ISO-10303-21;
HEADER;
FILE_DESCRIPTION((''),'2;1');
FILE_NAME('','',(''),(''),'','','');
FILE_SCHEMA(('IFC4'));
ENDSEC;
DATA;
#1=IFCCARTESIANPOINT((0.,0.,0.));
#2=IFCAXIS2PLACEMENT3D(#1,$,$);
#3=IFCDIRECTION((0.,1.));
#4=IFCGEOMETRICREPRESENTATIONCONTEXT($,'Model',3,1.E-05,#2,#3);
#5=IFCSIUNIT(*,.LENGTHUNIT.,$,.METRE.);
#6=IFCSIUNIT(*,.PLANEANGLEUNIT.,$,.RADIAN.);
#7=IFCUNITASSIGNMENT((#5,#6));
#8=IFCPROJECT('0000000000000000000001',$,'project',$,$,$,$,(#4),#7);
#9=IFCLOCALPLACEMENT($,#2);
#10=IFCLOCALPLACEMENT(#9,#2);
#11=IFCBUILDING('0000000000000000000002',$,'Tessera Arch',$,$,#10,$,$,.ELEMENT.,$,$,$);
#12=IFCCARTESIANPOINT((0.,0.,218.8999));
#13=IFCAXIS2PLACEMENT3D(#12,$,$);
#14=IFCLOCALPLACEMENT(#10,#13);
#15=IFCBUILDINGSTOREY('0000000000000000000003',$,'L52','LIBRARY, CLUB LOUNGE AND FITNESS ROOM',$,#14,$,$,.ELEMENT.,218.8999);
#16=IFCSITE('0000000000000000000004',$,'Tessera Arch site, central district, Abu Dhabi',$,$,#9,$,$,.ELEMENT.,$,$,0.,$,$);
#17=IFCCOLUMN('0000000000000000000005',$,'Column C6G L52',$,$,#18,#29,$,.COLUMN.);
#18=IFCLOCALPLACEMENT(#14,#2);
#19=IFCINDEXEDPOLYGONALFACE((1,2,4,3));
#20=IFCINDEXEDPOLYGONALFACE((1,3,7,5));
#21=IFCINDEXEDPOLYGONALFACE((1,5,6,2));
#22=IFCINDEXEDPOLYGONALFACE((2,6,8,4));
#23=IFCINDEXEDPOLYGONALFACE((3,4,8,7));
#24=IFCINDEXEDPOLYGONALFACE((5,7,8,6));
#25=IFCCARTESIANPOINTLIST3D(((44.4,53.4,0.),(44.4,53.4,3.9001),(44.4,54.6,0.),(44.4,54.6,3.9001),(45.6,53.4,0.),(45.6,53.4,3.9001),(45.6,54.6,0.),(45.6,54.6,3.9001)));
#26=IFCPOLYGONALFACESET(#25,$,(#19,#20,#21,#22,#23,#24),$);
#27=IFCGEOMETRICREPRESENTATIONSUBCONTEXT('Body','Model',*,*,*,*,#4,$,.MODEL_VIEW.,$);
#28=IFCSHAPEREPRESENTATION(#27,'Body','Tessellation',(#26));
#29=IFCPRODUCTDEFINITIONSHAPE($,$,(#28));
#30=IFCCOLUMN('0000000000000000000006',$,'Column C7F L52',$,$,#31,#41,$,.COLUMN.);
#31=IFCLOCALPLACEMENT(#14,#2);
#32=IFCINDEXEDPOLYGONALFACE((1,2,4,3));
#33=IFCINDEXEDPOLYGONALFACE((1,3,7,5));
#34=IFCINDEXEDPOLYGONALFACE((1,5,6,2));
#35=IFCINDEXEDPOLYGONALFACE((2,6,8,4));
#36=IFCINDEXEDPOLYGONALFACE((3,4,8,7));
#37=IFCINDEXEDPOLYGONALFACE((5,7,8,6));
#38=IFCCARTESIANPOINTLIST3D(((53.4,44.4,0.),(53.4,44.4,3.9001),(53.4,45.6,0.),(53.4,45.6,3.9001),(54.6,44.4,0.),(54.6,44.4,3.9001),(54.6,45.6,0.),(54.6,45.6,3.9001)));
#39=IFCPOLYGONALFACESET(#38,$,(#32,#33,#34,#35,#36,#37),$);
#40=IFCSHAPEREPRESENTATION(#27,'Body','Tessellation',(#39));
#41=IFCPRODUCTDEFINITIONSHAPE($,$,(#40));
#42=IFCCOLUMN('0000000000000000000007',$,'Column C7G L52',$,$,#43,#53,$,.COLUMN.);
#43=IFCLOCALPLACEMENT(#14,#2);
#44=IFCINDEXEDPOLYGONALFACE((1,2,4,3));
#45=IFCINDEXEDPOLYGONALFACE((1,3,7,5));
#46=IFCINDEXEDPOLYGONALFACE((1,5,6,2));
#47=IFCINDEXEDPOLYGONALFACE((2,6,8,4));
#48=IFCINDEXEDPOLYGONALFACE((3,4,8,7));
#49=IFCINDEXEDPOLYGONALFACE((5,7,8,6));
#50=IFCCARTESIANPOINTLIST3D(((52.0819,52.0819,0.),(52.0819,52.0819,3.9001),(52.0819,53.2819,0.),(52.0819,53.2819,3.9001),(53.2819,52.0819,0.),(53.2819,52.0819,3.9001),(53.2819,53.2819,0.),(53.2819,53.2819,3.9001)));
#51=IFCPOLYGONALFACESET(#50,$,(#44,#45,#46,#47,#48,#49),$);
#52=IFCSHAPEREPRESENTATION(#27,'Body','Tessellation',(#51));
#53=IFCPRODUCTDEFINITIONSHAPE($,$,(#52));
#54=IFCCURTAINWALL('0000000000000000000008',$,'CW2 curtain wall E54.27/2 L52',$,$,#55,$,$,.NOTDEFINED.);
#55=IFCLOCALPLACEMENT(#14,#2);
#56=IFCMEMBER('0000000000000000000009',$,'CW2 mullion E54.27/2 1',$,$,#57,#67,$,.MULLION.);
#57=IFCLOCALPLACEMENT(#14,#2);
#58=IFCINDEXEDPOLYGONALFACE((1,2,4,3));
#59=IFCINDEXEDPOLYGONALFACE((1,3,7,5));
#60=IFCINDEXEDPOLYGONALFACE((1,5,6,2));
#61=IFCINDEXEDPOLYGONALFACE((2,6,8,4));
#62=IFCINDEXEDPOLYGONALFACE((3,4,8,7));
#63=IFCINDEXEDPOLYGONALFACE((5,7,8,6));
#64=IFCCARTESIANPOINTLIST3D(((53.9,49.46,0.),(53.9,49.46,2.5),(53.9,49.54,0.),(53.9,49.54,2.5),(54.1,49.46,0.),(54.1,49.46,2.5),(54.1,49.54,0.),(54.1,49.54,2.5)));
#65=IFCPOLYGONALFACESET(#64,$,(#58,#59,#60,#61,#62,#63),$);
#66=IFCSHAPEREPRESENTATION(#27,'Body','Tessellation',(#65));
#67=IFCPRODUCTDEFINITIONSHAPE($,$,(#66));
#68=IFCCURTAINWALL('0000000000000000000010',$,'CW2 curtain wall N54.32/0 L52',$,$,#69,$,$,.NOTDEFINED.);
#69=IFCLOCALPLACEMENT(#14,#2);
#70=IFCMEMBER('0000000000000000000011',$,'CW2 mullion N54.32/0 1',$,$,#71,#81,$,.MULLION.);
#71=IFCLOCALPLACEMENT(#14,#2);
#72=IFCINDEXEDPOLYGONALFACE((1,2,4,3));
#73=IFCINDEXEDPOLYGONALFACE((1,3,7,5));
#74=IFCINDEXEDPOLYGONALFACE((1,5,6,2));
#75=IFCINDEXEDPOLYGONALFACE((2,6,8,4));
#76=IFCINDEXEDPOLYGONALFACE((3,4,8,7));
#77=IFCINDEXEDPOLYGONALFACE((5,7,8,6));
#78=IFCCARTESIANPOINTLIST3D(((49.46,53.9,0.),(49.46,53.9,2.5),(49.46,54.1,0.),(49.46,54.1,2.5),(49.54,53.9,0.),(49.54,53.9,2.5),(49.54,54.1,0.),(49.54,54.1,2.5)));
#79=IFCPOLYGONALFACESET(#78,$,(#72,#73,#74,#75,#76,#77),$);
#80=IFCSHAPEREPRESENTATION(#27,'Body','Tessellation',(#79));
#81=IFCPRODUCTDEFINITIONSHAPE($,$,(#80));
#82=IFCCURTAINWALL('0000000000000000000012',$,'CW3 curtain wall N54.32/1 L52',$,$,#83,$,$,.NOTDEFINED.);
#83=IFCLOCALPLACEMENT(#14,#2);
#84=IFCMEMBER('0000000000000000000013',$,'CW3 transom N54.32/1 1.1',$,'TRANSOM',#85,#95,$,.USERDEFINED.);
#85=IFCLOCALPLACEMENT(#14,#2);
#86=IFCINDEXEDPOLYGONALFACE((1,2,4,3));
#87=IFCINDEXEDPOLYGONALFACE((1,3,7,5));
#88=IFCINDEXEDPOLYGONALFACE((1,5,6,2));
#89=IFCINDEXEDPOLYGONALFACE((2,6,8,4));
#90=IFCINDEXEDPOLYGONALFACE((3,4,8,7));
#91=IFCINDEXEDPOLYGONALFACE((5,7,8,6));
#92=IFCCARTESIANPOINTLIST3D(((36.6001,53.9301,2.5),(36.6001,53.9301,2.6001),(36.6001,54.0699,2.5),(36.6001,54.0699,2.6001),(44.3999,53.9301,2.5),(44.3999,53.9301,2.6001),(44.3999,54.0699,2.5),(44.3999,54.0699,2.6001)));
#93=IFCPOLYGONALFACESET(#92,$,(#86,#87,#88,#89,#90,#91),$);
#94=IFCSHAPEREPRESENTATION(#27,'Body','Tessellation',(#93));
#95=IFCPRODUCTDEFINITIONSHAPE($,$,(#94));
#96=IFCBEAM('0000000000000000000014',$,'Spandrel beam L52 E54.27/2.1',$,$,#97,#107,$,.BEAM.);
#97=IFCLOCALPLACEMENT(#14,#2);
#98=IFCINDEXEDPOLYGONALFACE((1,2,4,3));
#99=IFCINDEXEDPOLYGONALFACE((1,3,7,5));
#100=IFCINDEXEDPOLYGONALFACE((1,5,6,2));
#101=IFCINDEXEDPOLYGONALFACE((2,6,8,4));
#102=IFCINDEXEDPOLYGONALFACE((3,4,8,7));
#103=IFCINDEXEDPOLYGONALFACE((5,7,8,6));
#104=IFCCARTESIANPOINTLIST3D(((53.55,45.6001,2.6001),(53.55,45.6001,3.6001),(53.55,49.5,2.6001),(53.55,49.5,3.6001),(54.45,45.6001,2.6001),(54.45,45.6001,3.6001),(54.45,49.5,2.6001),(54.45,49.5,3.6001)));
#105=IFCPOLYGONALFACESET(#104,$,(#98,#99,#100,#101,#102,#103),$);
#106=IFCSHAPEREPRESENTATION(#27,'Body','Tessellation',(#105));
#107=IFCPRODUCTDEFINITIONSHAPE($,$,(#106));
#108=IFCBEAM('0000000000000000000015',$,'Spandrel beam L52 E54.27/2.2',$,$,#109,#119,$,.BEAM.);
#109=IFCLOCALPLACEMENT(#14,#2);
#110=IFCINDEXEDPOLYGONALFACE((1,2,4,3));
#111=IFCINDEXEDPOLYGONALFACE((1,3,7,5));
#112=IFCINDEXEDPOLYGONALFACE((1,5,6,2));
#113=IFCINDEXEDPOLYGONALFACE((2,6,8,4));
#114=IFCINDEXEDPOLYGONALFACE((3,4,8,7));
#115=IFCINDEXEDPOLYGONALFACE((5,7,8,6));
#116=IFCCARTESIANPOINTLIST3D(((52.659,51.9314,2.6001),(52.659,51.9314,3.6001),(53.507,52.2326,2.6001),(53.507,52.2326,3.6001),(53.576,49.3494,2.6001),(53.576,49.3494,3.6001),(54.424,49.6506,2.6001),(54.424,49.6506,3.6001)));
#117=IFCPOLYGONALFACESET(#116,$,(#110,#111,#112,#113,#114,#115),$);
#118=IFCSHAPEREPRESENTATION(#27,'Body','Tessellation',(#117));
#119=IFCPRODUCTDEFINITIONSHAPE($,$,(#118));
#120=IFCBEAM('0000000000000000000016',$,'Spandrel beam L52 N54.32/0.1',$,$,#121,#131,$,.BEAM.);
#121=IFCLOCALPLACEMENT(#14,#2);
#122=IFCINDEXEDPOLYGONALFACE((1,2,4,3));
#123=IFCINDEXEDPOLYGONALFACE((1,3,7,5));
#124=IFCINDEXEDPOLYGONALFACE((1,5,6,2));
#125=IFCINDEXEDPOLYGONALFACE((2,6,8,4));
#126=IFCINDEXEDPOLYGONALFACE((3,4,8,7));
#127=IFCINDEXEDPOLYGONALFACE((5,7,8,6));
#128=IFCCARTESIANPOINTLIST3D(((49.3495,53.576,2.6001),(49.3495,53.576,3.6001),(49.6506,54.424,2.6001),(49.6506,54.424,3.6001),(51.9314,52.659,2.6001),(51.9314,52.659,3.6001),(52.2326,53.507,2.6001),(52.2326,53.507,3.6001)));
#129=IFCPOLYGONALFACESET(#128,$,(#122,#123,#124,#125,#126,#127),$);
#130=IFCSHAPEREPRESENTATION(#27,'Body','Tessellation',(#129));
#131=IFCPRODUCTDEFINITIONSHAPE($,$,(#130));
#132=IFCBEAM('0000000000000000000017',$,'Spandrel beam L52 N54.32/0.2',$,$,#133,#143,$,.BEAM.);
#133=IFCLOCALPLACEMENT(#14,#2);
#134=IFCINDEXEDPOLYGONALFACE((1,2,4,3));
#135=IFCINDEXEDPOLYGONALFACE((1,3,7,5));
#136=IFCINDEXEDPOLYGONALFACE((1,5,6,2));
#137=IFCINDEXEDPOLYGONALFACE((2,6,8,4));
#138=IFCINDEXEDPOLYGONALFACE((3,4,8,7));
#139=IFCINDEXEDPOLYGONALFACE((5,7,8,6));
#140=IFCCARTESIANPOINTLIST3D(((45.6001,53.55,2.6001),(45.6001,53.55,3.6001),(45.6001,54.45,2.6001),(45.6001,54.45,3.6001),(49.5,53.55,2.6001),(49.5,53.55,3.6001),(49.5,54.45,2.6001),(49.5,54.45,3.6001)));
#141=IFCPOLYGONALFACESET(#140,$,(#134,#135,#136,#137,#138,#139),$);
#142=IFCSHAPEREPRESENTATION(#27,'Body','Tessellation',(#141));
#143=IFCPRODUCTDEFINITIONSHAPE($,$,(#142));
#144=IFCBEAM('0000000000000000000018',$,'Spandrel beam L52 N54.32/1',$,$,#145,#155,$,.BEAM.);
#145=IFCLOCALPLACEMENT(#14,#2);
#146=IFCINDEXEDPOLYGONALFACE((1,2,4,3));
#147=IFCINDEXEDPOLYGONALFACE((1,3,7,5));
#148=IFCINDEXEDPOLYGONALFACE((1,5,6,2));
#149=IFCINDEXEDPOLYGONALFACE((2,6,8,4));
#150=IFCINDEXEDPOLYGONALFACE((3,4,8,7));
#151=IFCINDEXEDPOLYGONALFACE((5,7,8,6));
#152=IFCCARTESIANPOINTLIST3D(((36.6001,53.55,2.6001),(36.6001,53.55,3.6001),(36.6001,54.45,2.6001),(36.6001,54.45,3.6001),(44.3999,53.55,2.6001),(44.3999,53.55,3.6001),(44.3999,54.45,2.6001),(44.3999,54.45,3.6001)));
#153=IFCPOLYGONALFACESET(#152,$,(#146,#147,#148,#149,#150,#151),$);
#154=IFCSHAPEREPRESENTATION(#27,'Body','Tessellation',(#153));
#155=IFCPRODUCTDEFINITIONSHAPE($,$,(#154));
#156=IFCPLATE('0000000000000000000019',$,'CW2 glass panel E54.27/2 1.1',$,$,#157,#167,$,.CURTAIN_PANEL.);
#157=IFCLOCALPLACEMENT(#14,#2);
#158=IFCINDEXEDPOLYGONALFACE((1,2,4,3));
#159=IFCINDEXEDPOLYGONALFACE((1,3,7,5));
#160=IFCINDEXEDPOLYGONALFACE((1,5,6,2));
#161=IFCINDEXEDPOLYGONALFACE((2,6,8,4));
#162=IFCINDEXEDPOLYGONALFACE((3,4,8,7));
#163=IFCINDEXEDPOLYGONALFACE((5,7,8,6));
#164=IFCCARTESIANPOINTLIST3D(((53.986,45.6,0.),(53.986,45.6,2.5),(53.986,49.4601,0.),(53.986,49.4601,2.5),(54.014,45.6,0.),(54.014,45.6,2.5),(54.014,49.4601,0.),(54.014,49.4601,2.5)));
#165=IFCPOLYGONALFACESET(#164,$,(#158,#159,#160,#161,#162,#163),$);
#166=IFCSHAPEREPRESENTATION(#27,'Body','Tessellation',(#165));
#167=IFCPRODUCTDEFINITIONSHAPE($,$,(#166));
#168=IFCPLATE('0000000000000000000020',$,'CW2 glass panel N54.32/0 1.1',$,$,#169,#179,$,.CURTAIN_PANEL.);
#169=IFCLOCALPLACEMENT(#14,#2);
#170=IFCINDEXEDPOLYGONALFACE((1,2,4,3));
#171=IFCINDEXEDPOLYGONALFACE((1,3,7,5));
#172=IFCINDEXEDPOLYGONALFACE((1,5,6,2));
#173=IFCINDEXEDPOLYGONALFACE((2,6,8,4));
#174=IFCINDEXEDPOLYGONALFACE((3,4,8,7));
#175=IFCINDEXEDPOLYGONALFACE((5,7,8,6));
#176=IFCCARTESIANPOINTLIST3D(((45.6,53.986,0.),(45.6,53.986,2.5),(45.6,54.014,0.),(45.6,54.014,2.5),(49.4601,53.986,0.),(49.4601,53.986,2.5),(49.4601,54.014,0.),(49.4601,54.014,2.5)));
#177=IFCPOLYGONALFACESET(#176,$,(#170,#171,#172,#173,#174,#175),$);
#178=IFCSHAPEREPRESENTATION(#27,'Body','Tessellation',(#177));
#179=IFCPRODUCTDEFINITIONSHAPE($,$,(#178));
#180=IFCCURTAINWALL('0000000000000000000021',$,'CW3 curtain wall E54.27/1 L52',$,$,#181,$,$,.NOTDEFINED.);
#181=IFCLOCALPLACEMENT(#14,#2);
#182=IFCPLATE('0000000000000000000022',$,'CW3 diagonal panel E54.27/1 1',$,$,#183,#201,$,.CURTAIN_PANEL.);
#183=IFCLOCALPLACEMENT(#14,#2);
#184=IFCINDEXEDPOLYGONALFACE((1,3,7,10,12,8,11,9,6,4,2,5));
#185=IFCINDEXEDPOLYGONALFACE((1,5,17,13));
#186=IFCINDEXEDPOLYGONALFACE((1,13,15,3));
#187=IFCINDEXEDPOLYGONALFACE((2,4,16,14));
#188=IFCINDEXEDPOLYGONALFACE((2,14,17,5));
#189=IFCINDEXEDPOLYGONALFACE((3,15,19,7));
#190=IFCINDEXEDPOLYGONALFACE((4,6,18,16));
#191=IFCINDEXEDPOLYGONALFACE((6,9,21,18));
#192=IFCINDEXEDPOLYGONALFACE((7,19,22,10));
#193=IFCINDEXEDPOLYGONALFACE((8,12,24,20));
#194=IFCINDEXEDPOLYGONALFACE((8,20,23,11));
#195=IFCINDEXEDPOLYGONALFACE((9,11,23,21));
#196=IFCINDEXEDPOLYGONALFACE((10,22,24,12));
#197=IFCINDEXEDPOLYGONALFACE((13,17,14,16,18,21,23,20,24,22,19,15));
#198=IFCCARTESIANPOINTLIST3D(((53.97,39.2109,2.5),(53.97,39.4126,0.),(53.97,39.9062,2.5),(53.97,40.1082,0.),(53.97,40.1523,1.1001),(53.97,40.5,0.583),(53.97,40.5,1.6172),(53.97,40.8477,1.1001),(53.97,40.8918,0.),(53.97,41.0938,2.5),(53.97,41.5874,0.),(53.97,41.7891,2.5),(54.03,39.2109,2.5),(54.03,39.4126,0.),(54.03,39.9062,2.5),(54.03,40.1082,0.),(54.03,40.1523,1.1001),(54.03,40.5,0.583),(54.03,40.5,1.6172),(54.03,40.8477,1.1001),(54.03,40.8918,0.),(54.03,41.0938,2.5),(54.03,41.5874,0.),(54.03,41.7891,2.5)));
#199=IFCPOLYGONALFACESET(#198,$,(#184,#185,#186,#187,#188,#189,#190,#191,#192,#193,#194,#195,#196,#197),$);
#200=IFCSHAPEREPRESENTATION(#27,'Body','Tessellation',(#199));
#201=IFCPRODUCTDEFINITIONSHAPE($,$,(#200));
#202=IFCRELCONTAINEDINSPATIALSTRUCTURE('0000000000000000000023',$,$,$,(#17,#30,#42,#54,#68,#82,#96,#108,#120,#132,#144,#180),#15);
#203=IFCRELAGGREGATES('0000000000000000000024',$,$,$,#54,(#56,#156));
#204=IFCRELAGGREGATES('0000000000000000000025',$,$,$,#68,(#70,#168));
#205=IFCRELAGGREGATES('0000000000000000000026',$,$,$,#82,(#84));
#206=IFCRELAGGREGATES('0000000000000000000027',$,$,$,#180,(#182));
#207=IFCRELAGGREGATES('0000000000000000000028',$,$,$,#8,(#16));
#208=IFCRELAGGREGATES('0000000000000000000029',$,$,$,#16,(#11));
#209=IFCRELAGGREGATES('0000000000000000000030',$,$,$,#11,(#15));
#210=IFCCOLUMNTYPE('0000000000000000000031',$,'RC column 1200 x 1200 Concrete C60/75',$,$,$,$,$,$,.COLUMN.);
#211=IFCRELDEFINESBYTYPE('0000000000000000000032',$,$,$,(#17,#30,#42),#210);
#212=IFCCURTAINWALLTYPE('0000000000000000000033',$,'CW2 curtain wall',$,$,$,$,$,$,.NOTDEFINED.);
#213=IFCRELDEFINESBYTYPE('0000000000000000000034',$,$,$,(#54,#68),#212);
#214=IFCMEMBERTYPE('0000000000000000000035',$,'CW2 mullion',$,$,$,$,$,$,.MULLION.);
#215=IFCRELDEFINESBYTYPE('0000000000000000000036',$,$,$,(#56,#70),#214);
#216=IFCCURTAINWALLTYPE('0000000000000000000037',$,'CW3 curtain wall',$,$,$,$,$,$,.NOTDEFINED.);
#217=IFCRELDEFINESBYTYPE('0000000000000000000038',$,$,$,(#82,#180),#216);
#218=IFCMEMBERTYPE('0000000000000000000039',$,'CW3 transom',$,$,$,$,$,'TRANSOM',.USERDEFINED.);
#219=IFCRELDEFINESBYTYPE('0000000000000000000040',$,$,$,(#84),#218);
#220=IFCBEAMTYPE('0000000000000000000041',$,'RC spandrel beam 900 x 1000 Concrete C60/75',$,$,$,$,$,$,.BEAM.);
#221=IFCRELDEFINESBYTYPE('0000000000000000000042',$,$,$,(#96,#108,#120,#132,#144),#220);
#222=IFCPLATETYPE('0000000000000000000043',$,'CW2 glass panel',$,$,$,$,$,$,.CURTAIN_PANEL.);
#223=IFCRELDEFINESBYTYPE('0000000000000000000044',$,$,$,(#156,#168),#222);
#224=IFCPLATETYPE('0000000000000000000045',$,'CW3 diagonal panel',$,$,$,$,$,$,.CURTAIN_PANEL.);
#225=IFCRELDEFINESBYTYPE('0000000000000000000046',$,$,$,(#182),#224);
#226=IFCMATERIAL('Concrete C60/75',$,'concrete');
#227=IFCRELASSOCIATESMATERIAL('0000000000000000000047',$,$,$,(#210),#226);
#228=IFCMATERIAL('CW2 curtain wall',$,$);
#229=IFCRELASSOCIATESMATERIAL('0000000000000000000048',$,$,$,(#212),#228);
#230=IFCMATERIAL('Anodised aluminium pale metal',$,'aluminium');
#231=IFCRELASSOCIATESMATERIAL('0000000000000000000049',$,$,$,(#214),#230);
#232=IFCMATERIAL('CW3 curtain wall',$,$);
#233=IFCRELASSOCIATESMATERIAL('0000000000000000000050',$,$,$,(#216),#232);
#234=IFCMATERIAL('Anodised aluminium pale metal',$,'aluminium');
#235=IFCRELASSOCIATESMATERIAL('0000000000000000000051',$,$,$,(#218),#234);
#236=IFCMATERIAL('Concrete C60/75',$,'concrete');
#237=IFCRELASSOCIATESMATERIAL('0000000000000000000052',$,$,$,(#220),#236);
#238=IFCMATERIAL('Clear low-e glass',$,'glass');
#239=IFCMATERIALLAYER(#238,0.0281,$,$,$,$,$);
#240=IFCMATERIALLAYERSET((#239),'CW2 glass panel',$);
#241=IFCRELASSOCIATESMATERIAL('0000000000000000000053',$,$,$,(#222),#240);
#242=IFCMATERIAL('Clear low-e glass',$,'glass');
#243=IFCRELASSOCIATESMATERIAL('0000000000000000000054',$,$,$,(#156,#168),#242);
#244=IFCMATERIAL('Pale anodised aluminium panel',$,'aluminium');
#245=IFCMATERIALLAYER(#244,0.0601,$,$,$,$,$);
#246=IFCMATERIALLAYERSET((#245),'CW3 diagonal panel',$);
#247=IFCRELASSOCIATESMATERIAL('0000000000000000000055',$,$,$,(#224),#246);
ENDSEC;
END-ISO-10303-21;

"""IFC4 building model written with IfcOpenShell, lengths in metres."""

from ifc_helpers import new_model, si_unit, direction, frame, origin, origin_2d, place, context, subcontext, project, spatial, polyline, rectangle, outline, extrude, material, layer, layer_set, material_profile, profile_set, type_object, element, aggregate, save


model = new_model("IFC4")

# Units and contexts
model_context = context("Model", 3, precision=1e-05, world=origin(), true_north=direction((0.0, 1.0)))
body_context = subcontext(model_context, "Body", "Model", "MODEL_VIEW")
ifc_project = project(units=[si_unit("LENGTHUNIT", "METRE"), si_unit("PLANEANGLEUNIT", "RADIAN")], contexts=[model_context])

# Site, building, storey
site_placement = place(None, origin())
site = spatial("IfcSite", under=ifc_project, at=site_placement, Name="Tessera Arch site, central district, Abu Dhabi", CompositionType="ELEMENT", RefElevation=0.0)
building_placement = place(site_placement, origin())
building = spatial("IfcBuilding", under=site, at=building_placement, Name="Tessera Arch", CompositionType="ELEMENT")
storey_placement = place(building_placement, frame((0.0, 0.0, 218.8999)))
storey = spatial("IfcBuildingStorey", under=building, at=storey_placement, Name="L52", Description="LIBRARY, CLUB LOUNGE AND FITNESS ROOM", CompositionType="ELEMENT", Elevation=218.8999)

# Columns
ifc_material_1 = material(Name="Concrete C60/75", Category="concrete")
ifc_material_profile_1 = material_profile(ifc_material_1, rectangle(XDim=1.2, YDim=1.2, at=origin_2d()), Name="RC column 1200 x 1200 Concrete C60/75")
ifc_profile_set_1 = profile_set([ifc_material_profile_1], Name="Concrete C60/75")
column_type = type_object("IfcColumnType", Name="RC column 1200 x 1200 Concrete C60/75", PredefinedType="COLUMN", material=ifc_profile_set_1)
for number, where, z_axis, x_axis, name in (
    (1, (45.0, 54.0, 0.0), (0.0, 0.0, 1.0), (1.0, 0.0, 0.0), "Column C6G L52"),
    (2, (54.0, 45.0, 0.0), (0.0, 0.0, 1.0), (1.0, 0.0, 0.0), "Column C7F L52"),
    (3, (52.6819, 52.6819, 0.0), (0.0, 0.0, 1.0), (1.0, 0.0, 0.0), "Column C7G L52"),
):
    element("IfcColumn", number, at=place(storey_placement, frame(where, z_axis=z_axis, x_axis=x_axis)), inside=storey, type_object=column_type, Name=name, PredefinedType="COLUMN", context=body_context, shape_type="SweptSolid", body=[
        extrude(rectangle(XDim=1.2, YDim=1.2, at=origin_2d()), origin(), (0.0, 0.0, 1.0), 3.9001),
    ])

# Curtain walls, members
ifc_material_2 = material(Name="CW2 curtain wall")
curtain_wall_type_1 = type_object("IfcCurtainWallType", Name="CW2 curtain wall", PredefinedType="NOTDEFINED", material=ifc_material_2)
curtain_wall_1_placement = place(storey_placement, origin())
curtain_wall_1 = element("IfcCurtainWall", 4, at=curtain_wall_1_placement, inside=storey, type_object=curtain_wall_type_1, Name="CW2 curtain wall E54.27/2 L52", PredefinedType="NOTDEFINED")
ifc_material_3 = material(Name="Anodised aluminium pale metal", Category="aluminium")
ifc_material_profile_2 = material_profile(ifc_material_3, rectangle(XDim=0.2, YDim=0.0801, at=origin_2d()), Name="AL 80x200")
ifc_profile_set_2 = profile_set([ifc_material_profile_2], Name="Anodised aluminium pale metal")
member_type_1 = type_object("IfcMemberType", Name="CW2 mullion", PredefinedType="MULLION", material=ifc_profile_set_2)
member_1_placement = place(storey_placement, frame((54.0, 49.5, 0.0), z_axis=(0.0, 0.0, 1.0), x_axis=(-1.0, 0.0, 0.0)))
member_1 = element("IfcMember", 5, at=member_1_placement, type_object=member_type_1, Name="CW2 mullion E54.27/2 1", PredefinedType="MULLION", context=body_context, shape_type="SweptSolid", body=[
    extrude(rectangle(XDim=0.2, YDim=0.0801, at=origin_2d()), origin(), (0.0, 0.0, 1.0), 2.5),
])
curtain_wall_2_placement = place(storey_placement, origin())
curtain_wall_2 = element("IfcCurtainWall", 6, at=curtain_wall_2_placement, inside=storey, type_object=curtain_wall_type_1, Name="CW2 curtain wall N54.32/0 L52", PredefinedType="NOTDEFINED")
member_2_placement = place(storey_placement, frame((49.5, 54.0, 0.0), z_axis=(0.0, 0.0, 1.0), x_axis=(0.0, -1.0, 0.0)))
member_2 = element("IfcMember", 7, at=member_2_placement, type_object=member_type_1, Name="CW2 mullion N54.32/0 1", PredefinedType="MULLION", context=body_context, shape_type="SweptSolid", body=[
    extrude(rectangle(XDim=0.2, YDim=0.0801, at=origin_2d()), origin(), (0.0, 0.0, 1.0), 2.5),
])
ifc_material_4 = material(Name="CW3 curtain wall")
curtain_wall_type_2 = type_object("IfcCurtainWallType", Name="CW3 curtain wall", PredefinedType="NOTDEFINED", material=ifc_material_4)
curtain_wall_3_placement = place(storey_placement, origin())
curtain_wall_3 = element("IfcCurtainWall", 8, at=curtain_wall_3_placement, inside=storey, type_object=curtain_wall_type_2, Name="CW3 curtain wall N54.32/1 L52", PredefinedType="NOTDEFINED")
ifc_material_5 = material(Name="Anodised aluminium pale metal", Category="aluminium")
ifc_material_profile_3 = material_profile(ifc_material_5, rectangle(XDim=0.1399, YDim=0.1001, at=origin_2d()), Name="AL 140x100")
ifc_profile_set_3 = profile_set([ifc_material_profile_3], Name="Anodised aluminium pale metal")
member_type_2 = type_object("IfcMemberType", Name="CW3 transom", ElementType="TRANSOM", PredefinedType="USERDEFINED", material=ifc_profile_set_3)
member_3_placement = place(storey_placement, frame((44.3999, 54.0, 2.55), z_axis=(-1.0, 0.0, 0.0), x_axis=(0.0, -1.0, 0.0)))
member_3 = element("IfcMember", 9, at=member_3_placement, type_object=member_type_2, Name="CW3 transom N54.32/1 1.1", ObjectType="TRANSOM", PredefinedType="USERDEFINED", context=body_context, shape_type="SweptSolid", body=[
    extrude(rectangle(XDim=0.1399, YDim=0.1001, at=origin_2d()), origin(), (0.0, 0.0, 1.0), 7.7998),
])

# Beams
ifc_material_6 = material(Name="Concrete C60/75", Category="concrete")
ifc_material_profile_4 = material_profile(ifc_material_6, rectangle(XDim=0.8999, YDim=1.0, at=origin_2d()), Name="RC spandrel beam 900 x 1000 Concrete C60/75")
ifc_profile_set_4 = profile_set([ifc_material_profile_4], Name="Concrete C60/75")
beam_type = type_object("IfcBeamType", Name="RC spandrel beam 900 x 1000 Concrete C60/75", PredefinedType="BEAM", material=ifc_profile_set_4)
beam_1_placement = place(storey_placement, frame((54.0, 45.6001, 3.1001), z_axis=(0.0, 1.0, 0.0), x_axis=(-1.0, 0.0, 0.0)))
element("IfcBeam", 10, at=beam_1_placement, inside=storey, type_object=beam_type, Name="Spandrel beam L52 E54.27/2.1", PredefinedType="BEAM", context=body_context, shape_type="SweptSolid", body=[
    extrude(rectangle(XDim=0.8999, YDim=1.0, at=origin_2d()), origin(), (0.0, 0.0, 1.0), 3.8999),
])
for number, where, z_axis, x_axis, name in (
    (11, (54.0, 49.5, 3.1001), (-0.334665, 0.942337, 0.0), (-0.942337, -0.334665, 0.0), "Spandrel beam L52 E54.27/2.2"),
    (12, (52.082, 53.083, 3.1001), (-0.942337, 0.334665, 0.0), (-0.334665, -0.942337, 0.0), "Spandrel beam L52 N54.32/0.1"),
):
    element("IfcBeam", number, at=place(storey_placement, frame(where, z_axis=z_axis, x_axis=x_axis)), inside=storey, type_object=beam_type, Name=name, PredefinedType="BEAM", context=body_context, shape_type="SweptSolid", body=[
        extrude(rectangle(XDim=0.8999, YDim=1.0, at=origin_2d()), origin(), (0.0, 0.0, 1.0), 2.74),
    ])
beam_2_placement = place(storey_placement, frame((49.5, 54.0, 3.1001), z_axis=(-1.0, 0.0, 0.0), x_axis=(0.0, -1.0, 0.0)))
element("IfcBeam", 13, at=beam_2_placement, inside=storey, type_object=beam_type, Name="Spandrel beam L52 N54.32/0.2", PredefinedType="BEAM", context=body_context, shape_type="SweptSolid", body=[
    extrude(rectangle(XDim=0.8999, YDim=1.0, at=origin_2d()), origin(), (0.0, 0.0, 1.0), 3.8999),
])
beam_3_placement = place(storey_placement, frame((44.3999, 54.0, 3.1001), z_axis=(-1.0, 0.0, 0.0), x_axis=(0.0, -1.0, 0.0)))
element("IfcBeam", 14, at=beam_3_placement, inside=storey, type_object=beam_type, Name="Spandrel beam L52 N54.32/1", PredefinedType="BEAM", context=body_context, shape_type="SweptSolid", body=[
    extrude(rectangle(XDim=0.8999, YDim=1.0, at=origin_2d()), origin(), (0.0, 0.0, 1.0), 7.7998),
])

# Plates
ifc_material_7 = material(Name="Clear low-e glass", Category="glass")
ifc_material_8 = material(Name="Clear low-e glass", Category="glass")
ifc_layer_1 = layer(ifc_material_8, 0.0281)
ifc_layer_set_1 = layer_set([ifc_layer_1], Name="CW2 glass panel")
plate_type_1 = type_object("IfcPlateType", Name="CW2 glass panel", PredefinedType="CURTAIN_PANEL", material=ifc_layer_set_1)
plate_1_placement = place(storey_placement, frame((54.0, 47.53, 0.0), z_axis=(0.0, 0.0, 1.0), x_axis=(0.0, 1.0, 0.0)))
plate_1 = element("IfcPlate", 15, at=plate_1_placement, type_object=plate_type_1, material=ifc_material_7, Name="CW2 glass panel E54.27/2 1.1", PredefinedType="CURTAIN_PANEL", context=body_context, shape_type="SweptSolid", body=[
    extrude(rectangle(XDim=3.8601, YDim=0.0281, at=origin_2d()), origin(), (0.0, 0.0, 1.0), 2.5),
])
aggregate(curtain_wall_1, [member_1, plate_1])
plate_2_placement = place(storey_placement, frame((47.53, 54.0, 0.0), z_axis=(0.0, 0.0, 1.0), x_axis=(-1.0, 0.0, 0.0)))
plate_2 = element("IfcPlate", 16, at=plate_2_placement, type_object=plate_type_1, material=ifc_material_7, Name="CW2 glass panel N54.32/0 1.1", PredefinedType="CURTAIN_PANEL", context=body_context, shape_type="SweptSolid", body=[
    extrude(rectangle(XDim=3.8601, YDim=0.0281, at=origin_2d()), origin(), (0.0, 0.0, 1.0), 2.5),
])
aggregate(curtain_wall_2, [member_2, plate_2])

# Curtain wall, plate
curtain_wall_4_placement = place(storey_placement, origin())
curtain_wall_4 = element("IfcCurtainWall", 17, at=curtain_wall_4_placement, inside=storey, type_object=curtain_wall_type_2, Name="CW3 curtain wall E54.27/1 L52", PredefinedType="NOTDEFINED")
ifc_material_9 = material(Name="Pale anodised aluminium panel", Category="aluminium")
ifc_layer_2 = layer(ifc_material_9, 0.0601)
ifc_layer_set_2 = layer_set([ifc_layer_2], Name="CW3 diagonal panel")
plate_type_2 = type_object("IfcPlateType", Name="CW3 diagonal panel", PredefinedType="CURTAIN_PANEL", material=ifc_layer_set_2)
plate_3_placement = place(storey_placement, frame((54.03, 41.7891, 2.5), z_axis=(1.0, 0.0, 0.0), x_axis=(0.0, -1.0, 0.0)))
plate_3 = element("IfcPlate", 18, at=plate_3_placement, type_object=plate_type_2, Name="CW3 diagonal panel E54.27/1 1", PredefinedType="CURTAIN_PANEL", context=body_context, shape_type="SweptSolid", body=[
    extrude(outline(polyline([(0.0, 0.0), (0.6953, 0.0), (1.2891, 0.8828), (1.8828, 0.0), (2.5781, 0.0), (1.6367, 1.3999), (2.3765, 2.5), (1.6809, 2.5), (1.2891, 1.917), (0.8972, 2.5), (0.2017, 2.5), (0.9414, 1.3999), (0.0, 0.0)])), origin(), (0.0, 0.0, -1.0), 0.0601),
])

aggregate(curtain_wall_3, [member_3])

aggregate(curtain_wall_4, [plate_3])

save(model, "model.ifc")
